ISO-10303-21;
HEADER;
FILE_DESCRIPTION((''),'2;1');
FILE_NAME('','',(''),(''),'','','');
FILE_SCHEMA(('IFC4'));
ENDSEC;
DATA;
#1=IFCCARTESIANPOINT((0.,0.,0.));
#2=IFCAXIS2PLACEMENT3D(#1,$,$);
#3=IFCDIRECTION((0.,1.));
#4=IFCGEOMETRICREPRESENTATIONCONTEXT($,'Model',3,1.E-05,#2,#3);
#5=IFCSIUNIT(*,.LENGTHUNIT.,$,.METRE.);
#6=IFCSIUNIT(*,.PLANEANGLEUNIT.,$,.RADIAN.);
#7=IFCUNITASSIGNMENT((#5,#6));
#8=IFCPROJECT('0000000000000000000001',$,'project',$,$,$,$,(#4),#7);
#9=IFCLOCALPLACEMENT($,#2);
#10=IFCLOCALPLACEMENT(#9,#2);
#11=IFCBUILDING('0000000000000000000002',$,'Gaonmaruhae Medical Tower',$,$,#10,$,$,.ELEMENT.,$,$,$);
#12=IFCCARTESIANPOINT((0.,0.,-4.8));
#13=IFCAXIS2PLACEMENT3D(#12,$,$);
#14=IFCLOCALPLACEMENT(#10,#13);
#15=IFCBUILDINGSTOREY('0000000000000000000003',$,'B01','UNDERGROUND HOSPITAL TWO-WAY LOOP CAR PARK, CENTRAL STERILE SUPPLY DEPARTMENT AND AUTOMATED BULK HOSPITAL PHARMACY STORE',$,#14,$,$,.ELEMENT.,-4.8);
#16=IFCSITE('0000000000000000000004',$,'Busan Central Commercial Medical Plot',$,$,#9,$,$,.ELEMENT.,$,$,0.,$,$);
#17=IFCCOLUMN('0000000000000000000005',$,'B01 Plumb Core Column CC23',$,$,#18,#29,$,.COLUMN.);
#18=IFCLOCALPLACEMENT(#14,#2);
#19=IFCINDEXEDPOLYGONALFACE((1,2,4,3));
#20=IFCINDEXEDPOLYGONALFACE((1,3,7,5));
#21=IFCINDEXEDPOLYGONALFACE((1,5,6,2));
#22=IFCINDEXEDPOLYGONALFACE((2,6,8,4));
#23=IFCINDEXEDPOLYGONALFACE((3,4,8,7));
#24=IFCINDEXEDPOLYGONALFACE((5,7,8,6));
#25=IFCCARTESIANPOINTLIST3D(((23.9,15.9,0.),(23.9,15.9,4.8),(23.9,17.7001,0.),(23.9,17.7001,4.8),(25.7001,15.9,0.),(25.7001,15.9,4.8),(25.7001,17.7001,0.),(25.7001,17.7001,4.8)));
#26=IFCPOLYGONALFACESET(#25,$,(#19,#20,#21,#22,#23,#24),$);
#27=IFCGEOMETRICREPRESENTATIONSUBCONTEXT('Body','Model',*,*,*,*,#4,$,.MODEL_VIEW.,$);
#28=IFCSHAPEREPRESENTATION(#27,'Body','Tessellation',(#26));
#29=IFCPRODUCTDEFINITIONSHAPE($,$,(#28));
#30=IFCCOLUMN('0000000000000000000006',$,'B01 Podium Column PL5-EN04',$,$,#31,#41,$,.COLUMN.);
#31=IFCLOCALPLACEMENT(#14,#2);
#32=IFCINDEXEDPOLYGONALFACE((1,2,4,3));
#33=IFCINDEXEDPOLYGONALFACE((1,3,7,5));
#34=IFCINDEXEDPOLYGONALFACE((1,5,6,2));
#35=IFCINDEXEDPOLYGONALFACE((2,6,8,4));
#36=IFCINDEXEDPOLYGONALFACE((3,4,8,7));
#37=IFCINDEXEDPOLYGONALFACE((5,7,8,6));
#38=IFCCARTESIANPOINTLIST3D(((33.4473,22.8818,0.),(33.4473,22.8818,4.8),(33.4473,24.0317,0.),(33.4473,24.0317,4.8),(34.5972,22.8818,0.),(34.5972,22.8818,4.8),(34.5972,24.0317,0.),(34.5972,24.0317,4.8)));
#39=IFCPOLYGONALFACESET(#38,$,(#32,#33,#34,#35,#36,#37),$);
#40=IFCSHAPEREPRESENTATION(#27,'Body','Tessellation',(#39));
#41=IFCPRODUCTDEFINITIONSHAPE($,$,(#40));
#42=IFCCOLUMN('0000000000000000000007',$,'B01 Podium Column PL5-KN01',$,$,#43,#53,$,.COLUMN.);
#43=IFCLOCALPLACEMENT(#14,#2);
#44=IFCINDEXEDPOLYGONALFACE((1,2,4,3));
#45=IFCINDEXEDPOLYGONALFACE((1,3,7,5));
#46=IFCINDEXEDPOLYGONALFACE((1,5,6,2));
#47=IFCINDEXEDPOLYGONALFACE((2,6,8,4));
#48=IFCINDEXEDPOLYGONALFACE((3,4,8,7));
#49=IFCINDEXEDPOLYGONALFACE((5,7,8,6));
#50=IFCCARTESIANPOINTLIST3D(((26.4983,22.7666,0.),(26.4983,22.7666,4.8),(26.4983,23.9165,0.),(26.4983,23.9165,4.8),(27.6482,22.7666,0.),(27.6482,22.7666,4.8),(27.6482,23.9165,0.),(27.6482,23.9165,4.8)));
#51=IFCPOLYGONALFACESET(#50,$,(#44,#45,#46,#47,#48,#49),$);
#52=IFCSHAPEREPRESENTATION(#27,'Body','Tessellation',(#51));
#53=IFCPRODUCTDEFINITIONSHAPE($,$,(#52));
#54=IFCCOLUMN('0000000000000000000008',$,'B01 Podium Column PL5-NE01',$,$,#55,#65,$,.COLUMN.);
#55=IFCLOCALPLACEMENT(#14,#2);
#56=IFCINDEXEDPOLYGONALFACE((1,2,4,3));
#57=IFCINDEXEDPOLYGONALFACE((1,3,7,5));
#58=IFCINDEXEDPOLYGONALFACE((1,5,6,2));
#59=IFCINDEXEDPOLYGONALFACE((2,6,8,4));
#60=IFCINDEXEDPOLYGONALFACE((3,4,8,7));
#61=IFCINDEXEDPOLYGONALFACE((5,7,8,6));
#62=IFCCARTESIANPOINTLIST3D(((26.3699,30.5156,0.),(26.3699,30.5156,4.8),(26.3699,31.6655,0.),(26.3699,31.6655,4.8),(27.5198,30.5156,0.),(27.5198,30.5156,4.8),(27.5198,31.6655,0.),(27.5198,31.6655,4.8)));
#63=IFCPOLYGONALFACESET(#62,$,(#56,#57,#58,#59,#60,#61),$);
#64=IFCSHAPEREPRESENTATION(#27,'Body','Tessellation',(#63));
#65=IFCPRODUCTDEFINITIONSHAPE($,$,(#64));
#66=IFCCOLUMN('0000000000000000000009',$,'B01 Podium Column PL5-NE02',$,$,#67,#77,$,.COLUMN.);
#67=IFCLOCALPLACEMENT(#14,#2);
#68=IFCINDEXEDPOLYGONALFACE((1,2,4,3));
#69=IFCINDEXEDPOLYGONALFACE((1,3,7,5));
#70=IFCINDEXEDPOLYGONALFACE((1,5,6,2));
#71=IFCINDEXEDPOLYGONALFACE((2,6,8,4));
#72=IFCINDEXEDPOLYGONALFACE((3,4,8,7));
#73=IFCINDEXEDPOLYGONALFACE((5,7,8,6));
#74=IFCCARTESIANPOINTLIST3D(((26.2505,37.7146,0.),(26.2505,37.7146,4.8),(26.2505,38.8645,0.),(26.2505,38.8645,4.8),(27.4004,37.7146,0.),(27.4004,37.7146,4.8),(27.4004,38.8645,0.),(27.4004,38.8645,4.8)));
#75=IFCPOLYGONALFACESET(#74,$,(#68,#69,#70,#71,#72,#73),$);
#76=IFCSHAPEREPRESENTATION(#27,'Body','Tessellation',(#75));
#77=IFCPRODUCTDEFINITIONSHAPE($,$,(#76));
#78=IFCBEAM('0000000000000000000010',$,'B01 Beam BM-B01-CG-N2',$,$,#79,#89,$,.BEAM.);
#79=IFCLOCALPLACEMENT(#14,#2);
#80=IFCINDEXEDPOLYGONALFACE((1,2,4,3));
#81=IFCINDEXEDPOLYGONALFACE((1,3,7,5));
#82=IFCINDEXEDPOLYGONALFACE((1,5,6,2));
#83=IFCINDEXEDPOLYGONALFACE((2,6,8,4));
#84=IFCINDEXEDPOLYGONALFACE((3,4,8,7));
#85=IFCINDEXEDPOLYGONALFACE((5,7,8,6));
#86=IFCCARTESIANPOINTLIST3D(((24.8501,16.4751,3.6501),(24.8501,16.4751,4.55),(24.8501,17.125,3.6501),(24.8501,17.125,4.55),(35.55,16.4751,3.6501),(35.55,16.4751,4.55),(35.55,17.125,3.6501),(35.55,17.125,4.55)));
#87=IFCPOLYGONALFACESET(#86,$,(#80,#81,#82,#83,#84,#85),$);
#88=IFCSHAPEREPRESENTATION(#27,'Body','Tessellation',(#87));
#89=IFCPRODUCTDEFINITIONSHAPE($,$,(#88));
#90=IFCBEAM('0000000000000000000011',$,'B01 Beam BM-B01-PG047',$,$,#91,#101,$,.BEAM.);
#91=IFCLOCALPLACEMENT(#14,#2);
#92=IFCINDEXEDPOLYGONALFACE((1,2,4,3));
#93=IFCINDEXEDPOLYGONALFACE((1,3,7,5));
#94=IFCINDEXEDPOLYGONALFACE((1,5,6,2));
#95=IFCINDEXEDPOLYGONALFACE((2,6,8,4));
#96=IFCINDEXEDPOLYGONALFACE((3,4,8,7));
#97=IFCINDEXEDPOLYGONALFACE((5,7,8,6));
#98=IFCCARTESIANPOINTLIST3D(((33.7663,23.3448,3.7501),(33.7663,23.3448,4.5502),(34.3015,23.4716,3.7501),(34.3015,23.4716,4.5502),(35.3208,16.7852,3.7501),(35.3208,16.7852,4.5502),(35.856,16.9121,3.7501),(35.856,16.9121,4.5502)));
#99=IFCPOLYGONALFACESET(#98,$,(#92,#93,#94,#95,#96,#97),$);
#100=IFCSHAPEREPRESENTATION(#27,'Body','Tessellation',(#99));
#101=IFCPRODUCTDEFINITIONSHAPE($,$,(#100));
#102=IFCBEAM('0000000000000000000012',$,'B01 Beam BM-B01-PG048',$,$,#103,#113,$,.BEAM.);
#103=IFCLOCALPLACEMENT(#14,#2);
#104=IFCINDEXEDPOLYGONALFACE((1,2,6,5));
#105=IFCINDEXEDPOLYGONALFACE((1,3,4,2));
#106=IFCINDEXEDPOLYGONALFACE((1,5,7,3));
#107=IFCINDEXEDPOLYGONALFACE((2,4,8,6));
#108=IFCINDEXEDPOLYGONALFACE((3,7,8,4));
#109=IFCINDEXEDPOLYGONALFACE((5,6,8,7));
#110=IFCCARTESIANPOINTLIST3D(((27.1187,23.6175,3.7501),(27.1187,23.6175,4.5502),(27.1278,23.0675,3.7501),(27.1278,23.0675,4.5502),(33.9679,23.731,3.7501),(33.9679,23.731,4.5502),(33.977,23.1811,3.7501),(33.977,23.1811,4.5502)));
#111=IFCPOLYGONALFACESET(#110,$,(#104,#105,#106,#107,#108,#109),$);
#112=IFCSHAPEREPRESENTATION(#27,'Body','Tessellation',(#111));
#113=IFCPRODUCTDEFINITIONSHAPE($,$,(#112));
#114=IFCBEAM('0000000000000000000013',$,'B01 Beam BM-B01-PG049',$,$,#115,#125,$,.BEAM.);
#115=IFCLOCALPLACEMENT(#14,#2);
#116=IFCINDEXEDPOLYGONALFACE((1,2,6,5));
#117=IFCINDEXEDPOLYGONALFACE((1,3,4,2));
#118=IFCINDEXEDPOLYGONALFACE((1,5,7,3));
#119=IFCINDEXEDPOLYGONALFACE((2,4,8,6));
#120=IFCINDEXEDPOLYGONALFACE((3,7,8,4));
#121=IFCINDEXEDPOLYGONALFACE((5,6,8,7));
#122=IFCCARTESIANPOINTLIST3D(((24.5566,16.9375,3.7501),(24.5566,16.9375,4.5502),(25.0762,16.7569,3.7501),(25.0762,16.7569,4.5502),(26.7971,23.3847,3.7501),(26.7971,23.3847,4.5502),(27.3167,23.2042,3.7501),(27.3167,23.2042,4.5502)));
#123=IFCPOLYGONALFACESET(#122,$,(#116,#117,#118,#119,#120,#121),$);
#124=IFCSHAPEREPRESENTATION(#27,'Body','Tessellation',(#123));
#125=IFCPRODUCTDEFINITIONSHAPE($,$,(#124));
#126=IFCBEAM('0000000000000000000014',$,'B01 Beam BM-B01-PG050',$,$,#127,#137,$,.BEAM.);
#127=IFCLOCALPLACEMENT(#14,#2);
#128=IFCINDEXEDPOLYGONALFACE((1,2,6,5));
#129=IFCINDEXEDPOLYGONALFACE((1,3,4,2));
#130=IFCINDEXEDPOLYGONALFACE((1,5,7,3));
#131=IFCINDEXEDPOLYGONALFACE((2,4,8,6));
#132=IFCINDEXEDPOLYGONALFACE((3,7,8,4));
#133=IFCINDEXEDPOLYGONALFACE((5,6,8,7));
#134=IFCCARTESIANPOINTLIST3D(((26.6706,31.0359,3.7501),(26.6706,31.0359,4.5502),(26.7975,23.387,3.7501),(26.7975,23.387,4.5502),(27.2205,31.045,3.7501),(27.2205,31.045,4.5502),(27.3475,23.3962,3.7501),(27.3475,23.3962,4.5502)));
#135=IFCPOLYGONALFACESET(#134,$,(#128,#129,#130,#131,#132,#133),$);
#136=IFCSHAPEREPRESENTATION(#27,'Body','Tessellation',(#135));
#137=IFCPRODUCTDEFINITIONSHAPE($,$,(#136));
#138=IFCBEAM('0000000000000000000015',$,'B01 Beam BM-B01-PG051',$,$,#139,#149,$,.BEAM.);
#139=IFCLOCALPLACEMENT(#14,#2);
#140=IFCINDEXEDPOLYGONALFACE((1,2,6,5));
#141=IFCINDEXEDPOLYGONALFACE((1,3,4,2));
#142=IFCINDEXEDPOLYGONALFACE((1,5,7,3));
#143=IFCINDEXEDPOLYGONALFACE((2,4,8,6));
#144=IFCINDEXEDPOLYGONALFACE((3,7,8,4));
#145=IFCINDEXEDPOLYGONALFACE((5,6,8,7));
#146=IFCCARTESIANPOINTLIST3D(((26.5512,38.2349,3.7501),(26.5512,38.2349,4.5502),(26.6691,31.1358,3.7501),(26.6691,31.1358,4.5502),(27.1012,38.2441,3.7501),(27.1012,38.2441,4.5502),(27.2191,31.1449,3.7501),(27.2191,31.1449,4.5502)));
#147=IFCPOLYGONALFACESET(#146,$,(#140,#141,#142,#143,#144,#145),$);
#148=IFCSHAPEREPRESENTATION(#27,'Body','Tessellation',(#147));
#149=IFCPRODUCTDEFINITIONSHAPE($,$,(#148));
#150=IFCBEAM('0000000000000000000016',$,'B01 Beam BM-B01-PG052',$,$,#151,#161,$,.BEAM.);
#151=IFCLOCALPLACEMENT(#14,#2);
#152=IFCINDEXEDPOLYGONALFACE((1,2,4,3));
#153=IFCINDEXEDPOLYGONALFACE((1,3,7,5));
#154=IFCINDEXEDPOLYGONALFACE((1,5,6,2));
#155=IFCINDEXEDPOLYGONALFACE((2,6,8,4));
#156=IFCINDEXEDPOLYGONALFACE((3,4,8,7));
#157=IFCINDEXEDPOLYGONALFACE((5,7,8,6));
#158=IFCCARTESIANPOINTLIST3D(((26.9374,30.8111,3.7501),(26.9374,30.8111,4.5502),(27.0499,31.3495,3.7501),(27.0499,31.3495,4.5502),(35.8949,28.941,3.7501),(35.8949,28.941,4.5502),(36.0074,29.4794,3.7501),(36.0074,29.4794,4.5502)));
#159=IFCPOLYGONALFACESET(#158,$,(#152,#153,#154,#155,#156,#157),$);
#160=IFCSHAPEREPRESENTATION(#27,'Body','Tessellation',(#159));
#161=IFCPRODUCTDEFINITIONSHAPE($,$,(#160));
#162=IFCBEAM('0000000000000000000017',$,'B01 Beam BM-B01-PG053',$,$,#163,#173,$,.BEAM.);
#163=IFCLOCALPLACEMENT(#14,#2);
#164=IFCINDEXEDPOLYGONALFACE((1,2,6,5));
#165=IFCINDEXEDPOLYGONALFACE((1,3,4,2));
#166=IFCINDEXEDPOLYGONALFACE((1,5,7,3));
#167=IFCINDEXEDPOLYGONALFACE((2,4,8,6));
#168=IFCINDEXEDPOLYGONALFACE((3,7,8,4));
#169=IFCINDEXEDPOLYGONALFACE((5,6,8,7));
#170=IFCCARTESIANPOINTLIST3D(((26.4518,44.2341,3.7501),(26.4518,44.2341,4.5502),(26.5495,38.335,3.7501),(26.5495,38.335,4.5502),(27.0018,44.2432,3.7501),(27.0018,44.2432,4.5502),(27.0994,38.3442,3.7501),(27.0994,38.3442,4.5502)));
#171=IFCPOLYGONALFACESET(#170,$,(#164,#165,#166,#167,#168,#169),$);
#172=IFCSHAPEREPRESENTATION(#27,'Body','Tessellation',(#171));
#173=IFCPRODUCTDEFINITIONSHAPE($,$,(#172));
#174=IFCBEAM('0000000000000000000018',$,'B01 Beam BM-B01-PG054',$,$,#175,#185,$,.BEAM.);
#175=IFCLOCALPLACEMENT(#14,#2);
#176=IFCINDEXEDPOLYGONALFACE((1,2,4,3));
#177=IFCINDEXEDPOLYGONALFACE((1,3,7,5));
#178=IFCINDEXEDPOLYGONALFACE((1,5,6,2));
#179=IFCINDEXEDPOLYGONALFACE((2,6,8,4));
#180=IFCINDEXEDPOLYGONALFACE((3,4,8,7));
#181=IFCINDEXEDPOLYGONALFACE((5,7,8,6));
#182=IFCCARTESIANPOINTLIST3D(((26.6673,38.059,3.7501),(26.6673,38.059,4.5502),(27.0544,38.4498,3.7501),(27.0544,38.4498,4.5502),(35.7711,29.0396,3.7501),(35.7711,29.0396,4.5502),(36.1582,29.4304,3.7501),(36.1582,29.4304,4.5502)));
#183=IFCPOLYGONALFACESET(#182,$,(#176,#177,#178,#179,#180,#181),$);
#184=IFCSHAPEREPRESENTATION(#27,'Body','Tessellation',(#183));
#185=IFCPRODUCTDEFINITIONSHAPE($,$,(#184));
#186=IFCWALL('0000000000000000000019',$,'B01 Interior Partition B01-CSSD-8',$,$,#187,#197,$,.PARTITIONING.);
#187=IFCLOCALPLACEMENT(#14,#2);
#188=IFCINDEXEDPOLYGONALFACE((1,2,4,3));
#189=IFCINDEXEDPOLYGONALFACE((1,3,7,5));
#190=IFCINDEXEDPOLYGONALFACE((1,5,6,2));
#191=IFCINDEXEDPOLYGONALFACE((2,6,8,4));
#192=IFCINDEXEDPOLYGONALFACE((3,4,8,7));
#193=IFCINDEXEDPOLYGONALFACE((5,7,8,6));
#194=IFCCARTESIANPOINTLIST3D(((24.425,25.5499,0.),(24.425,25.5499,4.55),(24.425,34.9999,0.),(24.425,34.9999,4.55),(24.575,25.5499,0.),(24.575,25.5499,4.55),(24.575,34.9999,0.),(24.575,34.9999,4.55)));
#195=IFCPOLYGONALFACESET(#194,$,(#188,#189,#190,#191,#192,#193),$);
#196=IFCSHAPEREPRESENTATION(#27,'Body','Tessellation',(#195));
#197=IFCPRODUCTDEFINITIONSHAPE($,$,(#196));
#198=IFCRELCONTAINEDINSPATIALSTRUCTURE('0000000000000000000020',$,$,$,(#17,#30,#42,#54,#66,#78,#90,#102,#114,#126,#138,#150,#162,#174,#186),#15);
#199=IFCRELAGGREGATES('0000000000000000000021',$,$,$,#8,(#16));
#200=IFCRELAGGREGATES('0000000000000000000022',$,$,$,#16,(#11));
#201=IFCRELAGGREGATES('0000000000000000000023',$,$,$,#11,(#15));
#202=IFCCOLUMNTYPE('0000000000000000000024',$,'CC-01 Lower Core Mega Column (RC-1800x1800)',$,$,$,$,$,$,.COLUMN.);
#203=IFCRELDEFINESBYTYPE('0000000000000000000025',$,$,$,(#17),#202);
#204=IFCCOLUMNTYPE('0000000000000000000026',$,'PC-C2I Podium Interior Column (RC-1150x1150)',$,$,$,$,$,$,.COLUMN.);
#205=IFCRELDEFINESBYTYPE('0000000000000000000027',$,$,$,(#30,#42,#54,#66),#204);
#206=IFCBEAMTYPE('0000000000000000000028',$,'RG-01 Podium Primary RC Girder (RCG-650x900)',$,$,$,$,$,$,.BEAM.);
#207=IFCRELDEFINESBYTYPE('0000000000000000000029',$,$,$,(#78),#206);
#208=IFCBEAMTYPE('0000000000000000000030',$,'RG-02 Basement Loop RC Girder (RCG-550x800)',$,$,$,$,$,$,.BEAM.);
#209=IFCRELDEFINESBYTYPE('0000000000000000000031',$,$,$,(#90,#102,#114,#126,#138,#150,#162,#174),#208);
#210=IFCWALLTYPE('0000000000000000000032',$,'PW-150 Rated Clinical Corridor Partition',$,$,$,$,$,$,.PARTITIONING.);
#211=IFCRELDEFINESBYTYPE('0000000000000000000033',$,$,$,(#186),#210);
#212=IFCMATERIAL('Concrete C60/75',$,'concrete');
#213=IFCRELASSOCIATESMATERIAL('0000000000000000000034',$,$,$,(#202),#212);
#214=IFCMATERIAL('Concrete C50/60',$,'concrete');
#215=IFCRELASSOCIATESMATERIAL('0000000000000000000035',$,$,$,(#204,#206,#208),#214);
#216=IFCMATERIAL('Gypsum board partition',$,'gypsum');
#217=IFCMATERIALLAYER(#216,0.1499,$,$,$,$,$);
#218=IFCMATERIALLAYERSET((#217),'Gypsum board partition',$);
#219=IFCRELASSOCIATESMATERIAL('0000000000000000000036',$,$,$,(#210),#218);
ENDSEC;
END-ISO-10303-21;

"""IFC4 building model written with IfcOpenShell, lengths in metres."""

from ifc_helpers import new_model, si_unit, direction, frame, frame_2d, origin, origin_2d, place, context, subcontext, project, spatial, rectangle, extrude, material, layer, layer_set, material_profile, profile_set, type_object, element, save


model = new_model("IFC4")

# Units and contexts
model_context = context("Model", 3, precision=1e-05, world=origin(), true_north=direction((0.0, 1.0)))
body_context = subcontext(model_context, "Body", "Model", "MODEL_VIEW")
ifc_project = project(units=[si_unit("LENGTHUNIT", "METRE"), si_unit("PLANEANGLEUNIT", "RADIAN")], contexts=[model_context])

# Site, building, storey
site_placement = place(None, origin())
site = spatial("IfcSite", under=ifc_project, at=site_placement, Name="Busan Central Commercial Medical Plot", CompositionType="ELEMENT", RefElevation=0.0)
building_placement = place(site_placement, origin())
building = spatial("IfcBuilding", under=site, at=building_placement, Name="Gaonmaruhae Medical Tower", CompositionType="ELEMENT")
storey_placement = place(building_placement, frame((0.0, 0.0, -4.8)))
storey = spatial("IfcBuildingStorey", under=building, at=storey_placement, Name="B01", Description="UNDERGROUND HOSPITAL TWO-WAY LOOP CAR PARK, CENTRAL STERILE SUPPLY DEPARTMENT AND AUTOMATED BULK HOSPITAL PHARMACY STORE", CompositionType="ELEMENT", Elevation=-4.8)

# Columns
ifc_material_1 = material(Name="Concrete C60/75", Category="concrete")
ifc_material_profile_1 = material_profile(ifc_material_1, rectangle(XDim=1.8, YDim=1.8, at=origin_2d()), Name="RC-1800x1800")
ifc_profile_set_1 = profile_set([ifc_material_profile_1], Name="Concrete C60/75")
column_type_1 = type_object("IfcColumnType", Name="CC-01 Lower Core Mega Column (RC-1800x1800)", PredefinedType="COLUMN", material=ifc_profile_set_1)
column_placement = place(storey_placement, frame((24.8, 16.8, 0.0), z_axis=(0.0, 0.0, 1.0), x_axis=(1.0, 0.0, 0.0)))
element("IfcColumn", 1, at=column_placement, inside=storey, type_object=column_type_1, Name="B01 Plumb Core Column CC23", PredefinedType="COLUMN", context=body_context, shape_type="SweptSolid", body=[
    extrude(rectangle(XDim=1.8, YDim=1.8, at=origin_2d()), origin(), (0.0, 0.0, 1.0), 4.8),
])
ifc_material_2 = material(Name="Concrete C50/60", Category="concrete")
ifc_material_profile_2 = material_profile(ifc_material_2, rectangle(XDim=1.1499, YDim=1.1499, at=origin_2d()), Name="RC-1150x1150")
ifc_profile_set_2 = profile_set([ifc_material_profile_2], Name="Concrete C50/60")
column_type_2 = type_object("IfcColumnType", Name="PC-C2I Podium Interior Column (RC-1150x1150)", PredefinedType="COLUMN", material=ifc_profile_set_2)
for number, where, z_axis, x_axis, name in (
    (2, (34.0222, 23.4568, 0.0), (0.0, 0.0, 1.0), (1.0, 0.0, 0.0), "B01 Podium Column PL5-EN04"),
    (3, (27.0732, 23.3416, 0.0), (0.0, 0.0, 1.0), (1.0, 0.0, 0.0), "B01 Podium Column PL5-KN01"),
    (4, (26.9448, 31.0906, 0.0), (0.0, 0.0, 1.0), (1.0, 0.0, 0.0), "B01 Podium Column PL5-NE01"),
    (5, (26.8254, 38.2896, 0.0), (0.0, 0.0, 1.0), (1.0, 0.0, 0.0), "B01 Podium Column PL5-NE02"),
):
    element("IfcColumn", number, at=place(storey_placement, frame(where, z_axis=z_axis, x_axis=x_axis)), inside=storey, type_object=column_type_2, Name=name, PredefinedType="COLUMN", context=body_context, shape_type="SweptSolid", body=[
        extrude(rectangle(XDim=1.1499, YDim=1.1499, at=origin_2d()), origin(), (0.0, 0.0, 1.0), 4.8),
    ])

# Beams
ifc_material_profile_3 = material_profile(ifc_material_2, rectangle(XDim=0.6499, YDim=0.8999, at=origin_2d()), Name="RCG-650x900")
ifc_profile_set_3 = profile_set([ifc_material_profile_3], Name="Concrete C50/60")
beam_type_1 = type_object("IfcBeamType", Name="RG-01 Podium Primary RC Girder (RCG-650x900)", PredefinedType="BEAM", material=ifc_profile_set_3)
beam_1_placement = place(storey_placement, frame((24.8501, 16.8, 4.1001), z_axis=(1.0, 0.0, 0.0), x_axis=(0.0, 1.0, 0.0)))
element("IfcBeam", 6, at=beam_1_placement, inside=storey, type_object=beam_type_1, Name="B01 Beam BM-B01-CG-N2", PredefinedType="BEAM", context=body_context, shape_type="SweptSolid", body=[
    extrude(rectangle(XDim=0.6499, YDim=0.8999, at=origin_2d()), origin(), (0.0, 0.0, 1.0), 10.7),
])
ifc_material_profile_4 = material_profile(ifc_material_2, rectangle(XDim=0.55, YDim=0.8, at=origin_2d()), Name="RCG-550x800")
ifc_profile_set_4 = profile_set([ifc_material_profile_4], Name="Concrete C50/60")
beam_type_2 = type_object("IfcBeamType", Name="RG-02 Basement Loop RC Girder (RCG-550x800)", PredefinedType="BEAM", material=ifc_profile_set_4)
beam_2_placement = place(storey_placement, frame((34.0339, 23.4082, 4.1501), z_axis=(0.230587, -0.973052, 0.0), x_axis=(0.973052, 0.230587, 0.0)))
element("IfcBeam", 7, at=beam_2_placement, inside=storey, type_object=beam_type_2, Name="B01 Beam BM-B01-PG047", PredefinedType="BEAM", context=body_context, shape_type="SweptSolid", body=[
    extrude(rectangle(XDim=0.55, YDim=0.8, at=origin_2d()), origin(), (0.0, 0.0, 1.0), 6.7412),
])
beam_3_placement = place(storey_placement, frame((33.9724, 23.4561, 4.1501), z_axis=(-0.999863, -0.016573, 0.0), x_axis=(0.016573, -0.999863, 0.0)))
element("IfcBeam", 8, at=beam_3_placement, inside=storey, type_object=beam_type_2, Name="B01 Beam BM-B01-PG048", PredefinedType="BEAM", context=body_context, shape_type="SweptSolid", body=[
    extrude(rectangle(XDim=0.55, YDim=0.8, at=origin_2d()), origin(), (0.0, 0.0, 1.0), 6.8501),
])
beam_4_placement = place(storey_placement, frame((27.0569, 23.2944, 4.1501), z_axis=(-0.328253, -0.94459, 0.0), x_axis=(0.94459, -0.328253, 0.0)))
element("IfcBeam", 9, at=beam_4_placement, inside=storey, type_object=beam_type_2, Name="B01 Beam BM-B01-PG049", PredefinedType="BEAM", context=body_context, shape_type="SweptSolid", body=[
    extrude(rectangle(XDim=0.55, YDim=0.8, at=origin_2d()), origin(), (0.0, 0.0, 1.0), 6.8254),
])
beam_5_placement = place(storey_placement, frame((27.0725, 23.3916, 4.1501), z_axis=(-0.016595, 0.999862, 0.0), x_axis=(-0.999862, -0.016595, 0.0)))
element("IfcBeam", 10, at=beam_5_placement, inside=storey, type_object=beam_type_2, Name="B01 Beam BM-B01-PG050", PredefinedType="BEAM", context=body_context, shape_type="SweptSolid", body=[
    extrude(rectangle(XDim=0.55, YDim=0.8, at=origin_2d()), origin(), (0.0, 0.0, 1.0), 7.6499),
])
beam_6_placement = place(storey_placement, frame((26.9441, 31.1404, 4.1501), z_axis=(-0.016608, 0.999862, 0.0), x_axis=(-0.999862, -0.016608, 0.0)))
element("IfcBeam", 11, at=beam_6_placement, inside=storey, type_object=beam_type_2, Name="B01 Beam BM-B01-PG051", PredefinedType="BEAM", context=body_context, shape_type="SweptSolid", body=[
    extrude(rectangle(XDim=0.55, YDim=0.8, at=origin_2d()), origin(), (0.0, 0.0, 1.0), 7.1001),
])
beam_7_placement = place(storey_placement, frame((26.9937, 31.0803, 4.1501), z_axis=(0.978894, -0.20437, 0.0), x_axis=(0.20437, 0.978894, 0.0)))
element("IfcBeam", 12, at=beam_7_placement, inside=storey, type_object=beam_type_2, Name="B01 Beam BM-B01-PG052", PredefinedType="BEAM", context=body_context, shape_type="SweptSolid", body=[
    extrude(rectangle(XDim=0.55, YDim=0.8, at=origin_2d()), origin(), (0.0, 0.0, 1.0), 9.1506),
])
beam_8_placement = place(storey_placement, frame((26.8245, 38.3396, 4.1501), z_axis=(-0.016552, 0.999863, 0.0), x_axis=(-0.999863, -0.016552, 0.0)))
element("IfcBeam", 13, at=beam_8_placement, inside=storey, type_object=beam_type_2, Name="B01 Beam BM-B01-PG053", PredefinedType="BEAM", context=body_context, shape_type="SweptSolid", body=[
    extrude(rectangle(XDim=0.55, YDim=0.8, at=origin_2d()), origin(), (0.0, 0.0, 1.0), 5.8999),
])
beam_9_placement = place(storey_placement, frame((26.8608, 38.2544, 4.1501), z_axis=(0.710395, -0.703803, 0.0), x_axis=(0.703803, 0.710395, 0.0)))
element("IfcBeam", 14, at=beam_9_placement, inside=storey, type_object=beam_type_2, Name="B01 Beam BM-B01-PG054", PredefinedType="BEAM", context=body_context, shape_type="SweptSolid", body=[
    extrude(rectangle(XDim=0.55, YDim=0.8, at=origin_2d()), origin(), (0.0, 0.0, 1.0), 12.8152),
])

# Wall
ifc_material_3 = material(Name="Gypsum board partition", Category="gypsum")
ifc_layer_1 = layer(ifc_material_3, 0.1499)
ifc_layer_set_1 = layer_set([ifc_layer_1], Name="Gypsum board partition")
wall_type_1 = type_object("IfcWallType", Name="PW-150 Rated Clinical Corridor Partition", PredefinedType="PARTITIONING", material=ifc_layer_set_1)
wall_1_placement = place(storey_placement, frame((24.5, 35.0, 0.0), z_axis=(0.0, 0.0, 1.0), x_axis=(0.0, -1.0, 0.0)))
element("IfcWall", 15, at=wall_1_placement, inside=storey, type_object=wall_type_1, Name="B01 Interior Partition B01-CSSD-8", PredefinedType="PARTITIONING", context=body_context, shape_type="SweptSolid", body=[
    extrude(rectangle(XDim=9.45, YDim=0.1499, at=frame_2d((4.7251, 0.0))), origin(), (0.0, 0.0, 1.0), 4.55),
])

save(model, "model.ifc")
